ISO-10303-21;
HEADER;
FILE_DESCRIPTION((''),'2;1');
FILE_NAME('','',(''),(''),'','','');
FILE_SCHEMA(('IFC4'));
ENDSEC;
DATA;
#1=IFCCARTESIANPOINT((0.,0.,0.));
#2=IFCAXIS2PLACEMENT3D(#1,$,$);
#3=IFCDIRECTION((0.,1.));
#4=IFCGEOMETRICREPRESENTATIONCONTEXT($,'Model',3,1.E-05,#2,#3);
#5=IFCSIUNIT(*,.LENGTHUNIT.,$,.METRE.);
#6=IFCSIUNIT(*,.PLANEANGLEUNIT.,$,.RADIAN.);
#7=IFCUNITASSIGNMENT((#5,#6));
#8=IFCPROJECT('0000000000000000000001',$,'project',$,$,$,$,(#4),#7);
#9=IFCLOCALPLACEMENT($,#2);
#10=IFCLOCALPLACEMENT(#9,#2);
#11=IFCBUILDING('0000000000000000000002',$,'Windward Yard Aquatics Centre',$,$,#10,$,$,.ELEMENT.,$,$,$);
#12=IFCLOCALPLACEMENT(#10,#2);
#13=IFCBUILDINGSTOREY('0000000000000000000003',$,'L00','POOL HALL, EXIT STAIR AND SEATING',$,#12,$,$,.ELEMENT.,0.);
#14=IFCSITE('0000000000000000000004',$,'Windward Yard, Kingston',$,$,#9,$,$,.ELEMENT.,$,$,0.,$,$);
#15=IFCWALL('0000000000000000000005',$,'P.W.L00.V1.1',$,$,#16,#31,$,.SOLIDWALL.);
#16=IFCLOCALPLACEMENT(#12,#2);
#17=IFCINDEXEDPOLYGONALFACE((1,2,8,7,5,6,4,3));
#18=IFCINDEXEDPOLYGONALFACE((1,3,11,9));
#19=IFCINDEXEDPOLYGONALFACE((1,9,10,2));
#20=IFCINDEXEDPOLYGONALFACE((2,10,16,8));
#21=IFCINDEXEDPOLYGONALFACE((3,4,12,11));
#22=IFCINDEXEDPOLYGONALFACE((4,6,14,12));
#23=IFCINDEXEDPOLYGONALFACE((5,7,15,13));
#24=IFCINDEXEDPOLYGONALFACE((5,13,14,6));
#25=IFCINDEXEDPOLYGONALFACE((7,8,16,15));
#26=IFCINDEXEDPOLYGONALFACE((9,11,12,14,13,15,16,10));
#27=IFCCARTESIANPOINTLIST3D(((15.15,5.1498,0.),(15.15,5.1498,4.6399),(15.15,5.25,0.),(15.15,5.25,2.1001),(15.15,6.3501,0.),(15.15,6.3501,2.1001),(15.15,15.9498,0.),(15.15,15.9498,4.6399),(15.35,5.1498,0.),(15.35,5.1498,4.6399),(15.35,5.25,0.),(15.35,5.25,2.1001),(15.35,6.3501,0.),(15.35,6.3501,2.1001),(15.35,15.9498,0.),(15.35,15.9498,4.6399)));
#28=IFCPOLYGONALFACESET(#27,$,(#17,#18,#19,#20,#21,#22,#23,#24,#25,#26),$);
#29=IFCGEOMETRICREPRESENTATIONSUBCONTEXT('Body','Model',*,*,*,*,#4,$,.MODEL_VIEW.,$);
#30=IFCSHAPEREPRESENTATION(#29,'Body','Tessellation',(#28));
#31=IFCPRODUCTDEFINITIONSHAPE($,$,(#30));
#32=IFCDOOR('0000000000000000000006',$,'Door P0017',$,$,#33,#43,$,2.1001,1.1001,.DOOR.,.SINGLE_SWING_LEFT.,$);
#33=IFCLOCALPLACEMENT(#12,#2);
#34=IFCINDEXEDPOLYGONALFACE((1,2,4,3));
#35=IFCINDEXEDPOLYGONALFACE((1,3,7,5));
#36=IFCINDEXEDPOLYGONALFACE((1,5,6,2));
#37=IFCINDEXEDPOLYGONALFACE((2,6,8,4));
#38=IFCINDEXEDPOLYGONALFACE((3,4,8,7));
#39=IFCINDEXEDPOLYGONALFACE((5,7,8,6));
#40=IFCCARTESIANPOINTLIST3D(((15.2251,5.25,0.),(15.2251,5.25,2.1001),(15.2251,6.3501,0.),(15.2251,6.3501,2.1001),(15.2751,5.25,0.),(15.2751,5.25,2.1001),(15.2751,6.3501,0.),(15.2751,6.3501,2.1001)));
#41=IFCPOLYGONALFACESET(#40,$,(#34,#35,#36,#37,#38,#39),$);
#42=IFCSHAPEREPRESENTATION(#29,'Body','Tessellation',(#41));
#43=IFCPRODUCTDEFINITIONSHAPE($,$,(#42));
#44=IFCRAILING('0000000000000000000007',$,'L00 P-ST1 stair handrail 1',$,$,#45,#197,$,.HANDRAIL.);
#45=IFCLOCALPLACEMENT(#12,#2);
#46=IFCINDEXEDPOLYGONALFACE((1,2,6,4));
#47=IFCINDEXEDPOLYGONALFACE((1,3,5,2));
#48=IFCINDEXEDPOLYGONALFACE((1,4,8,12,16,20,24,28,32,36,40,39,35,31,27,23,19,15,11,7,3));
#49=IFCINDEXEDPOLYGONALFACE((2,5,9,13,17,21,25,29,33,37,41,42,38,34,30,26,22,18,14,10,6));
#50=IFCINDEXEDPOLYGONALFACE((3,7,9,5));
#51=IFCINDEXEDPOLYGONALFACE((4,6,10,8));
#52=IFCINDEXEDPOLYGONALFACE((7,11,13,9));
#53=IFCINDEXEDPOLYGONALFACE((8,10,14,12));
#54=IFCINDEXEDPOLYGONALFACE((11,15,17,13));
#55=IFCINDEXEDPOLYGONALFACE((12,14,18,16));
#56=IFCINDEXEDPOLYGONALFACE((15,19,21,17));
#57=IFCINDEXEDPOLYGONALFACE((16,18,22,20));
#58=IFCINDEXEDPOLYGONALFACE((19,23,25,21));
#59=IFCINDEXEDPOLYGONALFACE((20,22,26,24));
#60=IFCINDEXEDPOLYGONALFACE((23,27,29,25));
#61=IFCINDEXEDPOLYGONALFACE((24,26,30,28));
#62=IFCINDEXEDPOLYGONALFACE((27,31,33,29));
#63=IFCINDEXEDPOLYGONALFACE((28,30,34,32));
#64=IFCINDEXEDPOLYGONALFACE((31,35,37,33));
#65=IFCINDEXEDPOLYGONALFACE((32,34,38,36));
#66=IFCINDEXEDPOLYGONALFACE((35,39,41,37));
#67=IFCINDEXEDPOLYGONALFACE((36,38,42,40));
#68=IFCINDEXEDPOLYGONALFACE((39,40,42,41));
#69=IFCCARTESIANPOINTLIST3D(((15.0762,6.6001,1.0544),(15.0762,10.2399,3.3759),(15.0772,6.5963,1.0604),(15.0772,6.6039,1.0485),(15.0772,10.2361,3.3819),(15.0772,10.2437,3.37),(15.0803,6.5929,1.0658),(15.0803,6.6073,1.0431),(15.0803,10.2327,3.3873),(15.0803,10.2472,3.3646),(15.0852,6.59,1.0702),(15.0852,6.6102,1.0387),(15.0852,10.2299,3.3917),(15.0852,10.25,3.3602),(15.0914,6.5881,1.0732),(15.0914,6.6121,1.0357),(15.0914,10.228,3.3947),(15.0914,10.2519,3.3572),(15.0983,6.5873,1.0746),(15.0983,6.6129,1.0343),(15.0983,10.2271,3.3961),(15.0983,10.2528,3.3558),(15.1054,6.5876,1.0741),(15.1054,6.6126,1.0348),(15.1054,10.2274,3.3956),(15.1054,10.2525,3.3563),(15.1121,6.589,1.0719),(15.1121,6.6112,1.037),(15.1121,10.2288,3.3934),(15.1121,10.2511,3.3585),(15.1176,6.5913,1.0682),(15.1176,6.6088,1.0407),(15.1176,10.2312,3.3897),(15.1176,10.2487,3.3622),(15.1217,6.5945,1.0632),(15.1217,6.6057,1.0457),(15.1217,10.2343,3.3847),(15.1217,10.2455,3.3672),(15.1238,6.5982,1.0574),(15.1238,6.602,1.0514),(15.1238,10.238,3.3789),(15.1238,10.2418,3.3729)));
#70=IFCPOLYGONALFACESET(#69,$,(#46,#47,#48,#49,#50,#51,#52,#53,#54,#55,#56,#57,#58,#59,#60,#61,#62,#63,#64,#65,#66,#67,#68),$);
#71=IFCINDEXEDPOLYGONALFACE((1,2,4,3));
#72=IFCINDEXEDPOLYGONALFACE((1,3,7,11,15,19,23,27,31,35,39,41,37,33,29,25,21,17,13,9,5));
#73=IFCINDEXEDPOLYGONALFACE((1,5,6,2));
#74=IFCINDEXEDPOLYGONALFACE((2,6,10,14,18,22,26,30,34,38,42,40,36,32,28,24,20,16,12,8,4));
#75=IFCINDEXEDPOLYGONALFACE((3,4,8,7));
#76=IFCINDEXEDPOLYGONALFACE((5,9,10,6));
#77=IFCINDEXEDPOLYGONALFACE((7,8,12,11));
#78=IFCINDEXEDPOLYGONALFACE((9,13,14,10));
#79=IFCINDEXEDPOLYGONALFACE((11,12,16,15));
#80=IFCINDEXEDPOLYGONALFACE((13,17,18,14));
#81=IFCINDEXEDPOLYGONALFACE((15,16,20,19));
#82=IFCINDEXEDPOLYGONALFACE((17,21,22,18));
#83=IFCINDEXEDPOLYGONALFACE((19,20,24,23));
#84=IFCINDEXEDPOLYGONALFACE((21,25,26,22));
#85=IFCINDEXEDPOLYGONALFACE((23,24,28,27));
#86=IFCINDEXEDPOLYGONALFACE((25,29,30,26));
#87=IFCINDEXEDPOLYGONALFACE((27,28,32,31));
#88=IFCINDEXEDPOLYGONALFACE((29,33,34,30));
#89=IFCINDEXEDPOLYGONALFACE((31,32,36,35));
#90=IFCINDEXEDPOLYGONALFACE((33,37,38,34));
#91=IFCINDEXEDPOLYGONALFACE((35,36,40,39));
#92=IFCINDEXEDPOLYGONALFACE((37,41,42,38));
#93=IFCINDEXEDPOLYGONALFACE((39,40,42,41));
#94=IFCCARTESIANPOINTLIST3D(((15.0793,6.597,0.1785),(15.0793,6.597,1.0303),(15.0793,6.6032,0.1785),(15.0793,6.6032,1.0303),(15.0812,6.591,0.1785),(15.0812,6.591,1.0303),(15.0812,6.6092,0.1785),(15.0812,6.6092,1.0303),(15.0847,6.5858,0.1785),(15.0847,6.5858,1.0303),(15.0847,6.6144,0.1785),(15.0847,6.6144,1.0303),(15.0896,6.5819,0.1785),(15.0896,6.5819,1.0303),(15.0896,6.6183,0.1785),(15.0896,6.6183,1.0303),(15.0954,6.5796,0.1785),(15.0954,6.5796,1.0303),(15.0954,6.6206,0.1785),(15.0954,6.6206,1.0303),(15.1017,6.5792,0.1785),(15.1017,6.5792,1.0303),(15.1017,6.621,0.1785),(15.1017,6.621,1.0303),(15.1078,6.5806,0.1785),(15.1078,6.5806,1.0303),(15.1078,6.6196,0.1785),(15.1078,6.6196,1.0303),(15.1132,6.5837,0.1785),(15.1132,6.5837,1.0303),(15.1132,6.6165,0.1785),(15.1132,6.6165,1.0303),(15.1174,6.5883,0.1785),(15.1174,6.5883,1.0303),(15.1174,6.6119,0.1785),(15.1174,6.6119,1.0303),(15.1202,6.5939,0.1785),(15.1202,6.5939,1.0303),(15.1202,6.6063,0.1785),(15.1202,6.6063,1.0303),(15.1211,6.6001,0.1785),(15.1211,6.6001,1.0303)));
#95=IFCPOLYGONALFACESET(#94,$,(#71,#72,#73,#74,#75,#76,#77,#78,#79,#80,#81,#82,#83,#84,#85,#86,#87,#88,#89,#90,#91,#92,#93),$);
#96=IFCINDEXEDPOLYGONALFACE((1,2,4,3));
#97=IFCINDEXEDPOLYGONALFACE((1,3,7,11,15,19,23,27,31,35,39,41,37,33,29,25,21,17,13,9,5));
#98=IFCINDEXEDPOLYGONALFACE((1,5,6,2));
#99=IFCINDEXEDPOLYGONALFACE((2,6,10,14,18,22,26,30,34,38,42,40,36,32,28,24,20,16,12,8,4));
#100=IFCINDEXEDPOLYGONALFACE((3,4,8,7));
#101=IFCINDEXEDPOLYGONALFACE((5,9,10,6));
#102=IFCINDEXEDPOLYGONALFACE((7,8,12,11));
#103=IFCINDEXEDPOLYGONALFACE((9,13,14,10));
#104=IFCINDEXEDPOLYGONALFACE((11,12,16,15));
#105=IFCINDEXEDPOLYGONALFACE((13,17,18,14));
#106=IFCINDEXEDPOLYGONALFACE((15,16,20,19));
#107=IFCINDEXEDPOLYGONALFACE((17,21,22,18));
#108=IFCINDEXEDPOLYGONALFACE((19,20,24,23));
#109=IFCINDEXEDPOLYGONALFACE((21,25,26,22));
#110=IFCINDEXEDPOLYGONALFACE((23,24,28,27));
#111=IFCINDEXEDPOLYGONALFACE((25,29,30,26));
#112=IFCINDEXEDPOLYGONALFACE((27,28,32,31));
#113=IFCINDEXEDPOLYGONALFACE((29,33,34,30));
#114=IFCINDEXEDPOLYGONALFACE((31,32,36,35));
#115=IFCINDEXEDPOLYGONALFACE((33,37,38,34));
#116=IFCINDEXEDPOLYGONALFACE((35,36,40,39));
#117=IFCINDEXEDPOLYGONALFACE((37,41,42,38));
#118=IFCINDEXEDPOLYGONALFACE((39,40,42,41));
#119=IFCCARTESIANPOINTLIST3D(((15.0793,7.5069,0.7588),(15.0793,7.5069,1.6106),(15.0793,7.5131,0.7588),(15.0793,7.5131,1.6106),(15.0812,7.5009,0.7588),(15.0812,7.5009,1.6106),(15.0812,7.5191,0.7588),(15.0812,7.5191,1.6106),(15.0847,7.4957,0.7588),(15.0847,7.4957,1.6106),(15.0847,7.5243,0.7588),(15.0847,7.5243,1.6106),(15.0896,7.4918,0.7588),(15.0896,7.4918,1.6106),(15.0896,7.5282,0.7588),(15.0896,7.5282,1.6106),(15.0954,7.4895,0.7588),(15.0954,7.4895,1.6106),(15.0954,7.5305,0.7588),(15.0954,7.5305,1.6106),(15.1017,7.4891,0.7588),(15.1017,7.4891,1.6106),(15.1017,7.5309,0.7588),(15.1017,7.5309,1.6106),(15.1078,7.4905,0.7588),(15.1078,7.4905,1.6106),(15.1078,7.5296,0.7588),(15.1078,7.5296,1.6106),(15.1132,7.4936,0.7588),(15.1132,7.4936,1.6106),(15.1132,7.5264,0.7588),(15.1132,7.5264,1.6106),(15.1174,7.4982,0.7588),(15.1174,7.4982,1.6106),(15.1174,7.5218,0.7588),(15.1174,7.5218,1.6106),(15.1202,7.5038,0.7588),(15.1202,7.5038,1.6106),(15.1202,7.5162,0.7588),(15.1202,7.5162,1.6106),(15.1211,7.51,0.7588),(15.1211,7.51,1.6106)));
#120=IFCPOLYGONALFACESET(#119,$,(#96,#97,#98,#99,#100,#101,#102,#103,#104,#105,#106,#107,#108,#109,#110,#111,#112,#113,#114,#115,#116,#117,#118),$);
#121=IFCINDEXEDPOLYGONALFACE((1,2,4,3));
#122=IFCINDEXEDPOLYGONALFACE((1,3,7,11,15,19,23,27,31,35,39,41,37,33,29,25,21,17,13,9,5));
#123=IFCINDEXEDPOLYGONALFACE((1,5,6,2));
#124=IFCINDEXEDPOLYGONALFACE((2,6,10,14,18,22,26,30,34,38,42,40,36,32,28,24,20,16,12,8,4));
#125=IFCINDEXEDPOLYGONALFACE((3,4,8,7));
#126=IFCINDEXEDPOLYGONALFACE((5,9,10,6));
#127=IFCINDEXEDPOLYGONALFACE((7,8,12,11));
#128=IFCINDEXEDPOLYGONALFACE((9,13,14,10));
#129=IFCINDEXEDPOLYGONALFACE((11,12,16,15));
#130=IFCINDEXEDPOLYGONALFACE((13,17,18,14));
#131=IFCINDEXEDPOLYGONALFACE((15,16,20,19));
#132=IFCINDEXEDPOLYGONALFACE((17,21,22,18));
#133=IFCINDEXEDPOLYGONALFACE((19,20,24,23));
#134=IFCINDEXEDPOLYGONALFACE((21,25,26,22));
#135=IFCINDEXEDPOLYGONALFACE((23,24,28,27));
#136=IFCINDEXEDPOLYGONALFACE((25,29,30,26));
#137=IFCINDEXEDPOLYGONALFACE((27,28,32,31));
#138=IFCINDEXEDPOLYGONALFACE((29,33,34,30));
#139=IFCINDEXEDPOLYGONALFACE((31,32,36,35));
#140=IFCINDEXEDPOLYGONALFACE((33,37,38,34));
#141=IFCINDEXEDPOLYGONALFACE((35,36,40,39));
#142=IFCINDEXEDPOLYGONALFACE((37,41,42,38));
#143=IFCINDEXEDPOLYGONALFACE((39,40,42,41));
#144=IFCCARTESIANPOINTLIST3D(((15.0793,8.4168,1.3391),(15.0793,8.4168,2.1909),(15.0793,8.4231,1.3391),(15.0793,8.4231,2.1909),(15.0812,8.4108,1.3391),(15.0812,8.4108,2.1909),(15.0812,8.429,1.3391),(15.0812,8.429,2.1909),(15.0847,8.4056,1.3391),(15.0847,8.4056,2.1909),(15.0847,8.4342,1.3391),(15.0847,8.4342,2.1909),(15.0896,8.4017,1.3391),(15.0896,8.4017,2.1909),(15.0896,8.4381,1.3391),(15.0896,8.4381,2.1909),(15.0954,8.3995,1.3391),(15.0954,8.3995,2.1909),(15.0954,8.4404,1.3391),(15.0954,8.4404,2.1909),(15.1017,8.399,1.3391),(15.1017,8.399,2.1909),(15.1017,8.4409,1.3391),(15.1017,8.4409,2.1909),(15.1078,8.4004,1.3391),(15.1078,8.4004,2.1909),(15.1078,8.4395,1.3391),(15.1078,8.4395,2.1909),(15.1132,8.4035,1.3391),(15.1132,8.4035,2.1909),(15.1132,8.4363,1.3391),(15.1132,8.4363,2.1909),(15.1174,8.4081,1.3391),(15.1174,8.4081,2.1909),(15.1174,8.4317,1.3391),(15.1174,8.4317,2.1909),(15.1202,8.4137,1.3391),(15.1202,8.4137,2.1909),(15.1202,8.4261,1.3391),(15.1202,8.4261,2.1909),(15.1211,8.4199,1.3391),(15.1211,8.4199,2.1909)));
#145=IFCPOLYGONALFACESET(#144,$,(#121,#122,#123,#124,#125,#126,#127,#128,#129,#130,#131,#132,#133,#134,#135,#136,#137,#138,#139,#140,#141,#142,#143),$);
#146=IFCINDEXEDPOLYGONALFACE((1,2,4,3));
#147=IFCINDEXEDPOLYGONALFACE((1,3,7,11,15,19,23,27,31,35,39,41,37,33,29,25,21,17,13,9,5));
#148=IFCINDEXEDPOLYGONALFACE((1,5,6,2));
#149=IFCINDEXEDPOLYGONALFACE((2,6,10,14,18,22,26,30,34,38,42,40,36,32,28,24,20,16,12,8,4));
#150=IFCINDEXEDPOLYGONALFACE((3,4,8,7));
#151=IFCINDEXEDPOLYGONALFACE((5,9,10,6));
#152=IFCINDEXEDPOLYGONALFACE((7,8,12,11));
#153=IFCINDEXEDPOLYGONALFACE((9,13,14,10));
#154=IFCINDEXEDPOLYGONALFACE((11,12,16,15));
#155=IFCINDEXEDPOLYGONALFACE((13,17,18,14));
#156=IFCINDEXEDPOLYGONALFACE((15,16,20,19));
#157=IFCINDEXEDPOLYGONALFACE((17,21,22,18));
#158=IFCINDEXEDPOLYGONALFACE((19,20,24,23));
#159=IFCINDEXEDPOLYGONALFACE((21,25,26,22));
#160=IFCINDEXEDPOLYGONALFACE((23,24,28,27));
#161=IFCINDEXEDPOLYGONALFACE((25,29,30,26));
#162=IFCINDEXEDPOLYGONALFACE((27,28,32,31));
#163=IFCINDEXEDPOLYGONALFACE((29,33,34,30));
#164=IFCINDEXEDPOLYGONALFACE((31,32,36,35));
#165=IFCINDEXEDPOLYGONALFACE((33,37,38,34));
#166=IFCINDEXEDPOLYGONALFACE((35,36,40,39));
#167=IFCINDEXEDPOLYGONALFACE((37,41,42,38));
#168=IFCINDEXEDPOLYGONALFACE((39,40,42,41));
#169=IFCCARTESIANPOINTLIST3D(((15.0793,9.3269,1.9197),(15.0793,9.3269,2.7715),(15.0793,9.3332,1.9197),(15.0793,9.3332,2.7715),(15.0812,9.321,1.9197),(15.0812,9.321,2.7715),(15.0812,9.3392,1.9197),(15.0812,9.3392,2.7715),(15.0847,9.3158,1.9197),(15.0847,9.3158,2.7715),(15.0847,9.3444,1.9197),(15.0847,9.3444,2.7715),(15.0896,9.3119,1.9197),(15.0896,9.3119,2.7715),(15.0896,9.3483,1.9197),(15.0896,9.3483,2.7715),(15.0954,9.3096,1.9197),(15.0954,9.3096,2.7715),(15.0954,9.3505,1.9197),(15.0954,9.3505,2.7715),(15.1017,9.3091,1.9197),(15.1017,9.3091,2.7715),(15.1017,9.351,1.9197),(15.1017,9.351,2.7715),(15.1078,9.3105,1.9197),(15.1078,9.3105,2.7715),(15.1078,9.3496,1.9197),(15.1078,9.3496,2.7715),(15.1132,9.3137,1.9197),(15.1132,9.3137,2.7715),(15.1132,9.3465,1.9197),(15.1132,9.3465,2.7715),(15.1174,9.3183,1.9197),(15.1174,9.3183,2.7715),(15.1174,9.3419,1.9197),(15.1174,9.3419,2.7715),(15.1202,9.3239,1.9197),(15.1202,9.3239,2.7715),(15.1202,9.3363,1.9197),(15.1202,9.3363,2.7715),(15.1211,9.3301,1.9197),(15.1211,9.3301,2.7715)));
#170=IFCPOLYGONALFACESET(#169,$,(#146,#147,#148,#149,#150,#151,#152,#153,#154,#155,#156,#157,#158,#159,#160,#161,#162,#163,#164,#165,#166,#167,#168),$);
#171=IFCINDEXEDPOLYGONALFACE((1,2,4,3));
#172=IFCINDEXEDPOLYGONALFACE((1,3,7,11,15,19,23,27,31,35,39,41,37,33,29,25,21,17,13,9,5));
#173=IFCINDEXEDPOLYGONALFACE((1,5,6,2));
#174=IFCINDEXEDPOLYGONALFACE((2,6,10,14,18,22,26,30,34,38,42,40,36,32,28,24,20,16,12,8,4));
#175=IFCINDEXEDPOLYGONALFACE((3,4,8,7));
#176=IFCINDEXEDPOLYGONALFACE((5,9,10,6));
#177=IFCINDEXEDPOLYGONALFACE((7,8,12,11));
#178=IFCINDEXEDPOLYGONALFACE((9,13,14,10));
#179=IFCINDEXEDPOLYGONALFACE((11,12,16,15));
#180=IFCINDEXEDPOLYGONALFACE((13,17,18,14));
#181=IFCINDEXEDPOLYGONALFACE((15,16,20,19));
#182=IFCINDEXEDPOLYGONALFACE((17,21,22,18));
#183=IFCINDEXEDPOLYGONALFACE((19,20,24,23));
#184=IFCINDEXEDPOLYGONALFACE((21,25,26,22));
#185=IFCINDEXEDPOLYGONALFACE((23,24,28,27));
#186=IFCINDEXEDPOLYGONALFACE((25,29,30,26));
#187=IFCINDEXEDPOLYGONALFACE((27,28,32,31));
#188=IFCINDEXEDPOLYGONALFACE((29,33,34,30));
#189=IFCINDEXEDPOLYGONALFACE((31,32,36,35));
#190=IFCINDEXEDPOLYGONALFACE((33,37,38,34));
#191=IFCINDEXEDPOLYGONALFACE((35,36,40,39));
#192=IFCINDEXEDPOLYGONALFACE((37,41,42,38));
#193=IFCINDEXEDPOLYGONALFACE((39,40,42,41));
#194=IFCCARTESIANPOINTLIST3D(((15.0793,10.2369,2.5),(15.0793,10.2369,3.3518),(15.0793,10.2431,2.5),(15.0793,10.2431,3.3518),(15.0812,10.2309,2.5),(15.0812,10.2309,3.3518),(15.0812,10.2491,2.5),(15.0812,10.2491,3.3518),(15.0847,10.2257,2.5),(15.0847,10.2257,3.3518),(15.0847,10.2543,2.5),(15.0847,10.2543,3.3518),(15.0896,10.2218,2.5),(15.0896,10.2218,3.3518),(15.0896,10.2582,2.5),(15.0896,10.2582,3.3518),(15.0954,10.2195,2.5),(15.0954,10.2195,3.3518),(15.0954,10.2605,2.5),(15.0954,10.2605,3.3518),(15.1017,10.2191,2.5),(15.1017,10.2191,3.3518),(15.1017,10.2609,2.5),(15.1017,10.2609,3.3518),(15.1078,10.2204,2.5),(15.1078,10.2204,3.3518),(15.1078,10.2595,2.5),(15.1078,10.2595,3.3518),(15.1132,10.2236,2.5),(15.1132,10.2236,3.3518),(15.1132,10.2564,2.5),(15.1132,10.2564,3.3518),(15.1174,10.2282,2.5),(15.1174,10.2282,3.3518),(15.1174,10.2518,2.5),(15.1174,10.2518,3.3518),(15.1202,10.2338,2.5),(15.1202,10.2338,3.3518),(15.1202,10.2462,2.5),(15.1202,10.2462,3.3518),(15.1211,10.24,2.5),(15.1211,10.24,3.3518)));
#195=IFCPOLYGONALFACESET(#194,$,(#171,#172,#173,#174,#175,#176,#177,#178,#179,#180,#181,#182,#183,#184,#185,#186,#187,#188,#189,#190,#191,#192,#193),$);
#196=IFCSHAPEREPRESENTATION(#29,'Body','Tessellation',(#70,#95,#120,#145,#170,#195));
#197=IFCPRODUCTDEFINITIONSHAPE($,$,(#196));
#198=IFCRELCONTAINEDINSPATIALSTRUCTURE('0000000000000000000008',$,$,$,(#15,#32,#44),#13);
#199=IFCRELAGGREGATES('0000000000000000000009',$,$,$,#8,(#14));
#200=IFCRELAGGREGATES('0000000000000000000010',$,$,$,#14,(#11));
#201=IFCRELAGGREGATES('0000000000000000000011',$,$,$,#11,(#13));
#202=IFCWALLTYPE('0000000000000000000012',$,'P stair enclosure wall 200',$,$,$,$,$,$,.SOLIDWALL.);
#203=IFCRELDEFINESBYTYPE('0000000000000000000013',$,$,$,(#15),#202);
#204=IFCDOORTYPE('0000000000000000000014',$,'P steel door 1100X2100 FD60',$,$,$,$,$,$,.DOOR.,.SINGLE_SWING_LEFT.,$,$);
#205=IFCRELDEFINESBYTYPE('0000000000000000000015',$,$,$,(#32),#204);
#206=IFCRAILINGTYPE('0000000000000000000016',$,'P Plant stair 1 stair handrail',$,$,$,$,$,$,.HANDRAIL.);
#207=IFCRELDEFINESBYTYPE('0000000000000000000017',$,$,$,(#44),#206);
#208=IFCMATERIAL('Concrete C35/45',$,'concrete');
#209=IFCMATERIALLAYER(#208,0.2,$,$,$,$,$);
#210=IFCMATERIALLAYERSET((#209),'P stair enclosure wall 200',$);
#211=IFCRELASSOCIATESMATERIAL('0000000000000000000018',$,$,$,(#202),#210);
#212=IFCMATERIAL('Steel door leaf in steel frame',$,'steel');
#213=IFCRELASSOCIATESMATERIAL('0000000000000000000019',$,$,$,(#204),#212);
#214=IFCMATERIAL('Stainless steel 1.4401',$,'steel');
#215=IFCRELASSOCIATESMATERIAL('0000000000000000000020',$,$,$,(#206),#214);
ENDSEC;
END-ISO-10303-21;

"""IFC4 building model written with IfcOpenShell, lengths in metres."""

from ifc_helpers import new_model, si_unit, direction, frame, frame_2d, origin, origin_2d, place, context, subcontext, project, spatial, rectangle, circle, extrude, material, layer, layer_set, type_object, element, fill, save


model = new_model("IFC4")

# Units and contexts
model_context = context("Model", 3, precision=1e-05, world=origin(), true_north=direction((0.0, 1.0)))
body_context = subcontext(model_context, "Body", "Model", "MODEL_VIEW")
ifc_project = project(units=[si_unit("LENGTHUNIT", "METRE"), si_unit("PLANEANGLEUNIT", "RADIAN")], contexts=[model_context])

# Site, building, storey
site_placement = place(None, origin())
site = spatial("IfcSite", under=ifc_project, at=site_placement, Name="Windward Yard, Kingston", CompositionType="ELEMENT", RefElevation=0.0)
building_placement = place(site_placement, origin())
building = spatial("IfcBuilding", under=site, at=building_placement, Name="Windward Yard Aquatics Centre", CompositionType="ELEMENT")
storey_placement = place(building_placement, origin())
storey = spatial("IfcBuildingStorey", under=building, at=storey_placement, Name="L00", Description="POOL HALL, EXIT STAIR AND SEATING", CompositionType="ELEMENT", Elevation=0.0)

# Shared definitions
ifc_material_1 = material(Name="Concrete C35/45", Category="concrete")

# Wall, opening, door
ifc_layer_1 = layer(ifc_material_1, 0.2)
ifc_layer_set_1 = layer_set([ifc_layer_1], Name="P stair enclosure wall 200")
wall_type_1 = type_object("IfcWallType", Name="P stair enclosure wall 200", PredefinedType="SOLIDWALL", material=ifc_layer_set_1)
wall_1_placement = place(storey_placement, frame((15.25, 5.1499, 0.0), z_axis=(0.0, 0.0, 1.0), x_axis=(0.0, 1.0, 0.0)))
wall_1 = element("IfcWall", 1, at=wall_1_placement, inside=storey, type_object=wall_type_1, Name="P.W.L00.V1.1", PredefinedType="SOLIDWALL", context=body_context, shape_type="SweptSolid", body=[
    extrude(rectangle(XDim=10.8, YDim=0.2, at=frame_2d((5.3999, 0.0))), origin(), (0.0, 0.0, 1.0), 4.6399),
])
opening_1_placement = place(wall_1_placement, frame((0.1001, 0.0, 0.0)))
opening_1 = element("IfcOpeningElement", 2, at=opening_1_placement, cuts=wall_1, PredefinedType="OPENING", context=body_context, shape_type="SweptSolid", body=[
    extrude(rectangle(XDim=1.1001, YDim=2.1001, at=frame_2d((0.55, 1.05))), frame((0.0, 0.1099, 0.0), z_axis=(0.0, -1.0, 0.0), x_axis=(1.0, 0.0, 0.0)), (0.0, 0.0, 1.0), 0.22),
])
ifc_material_2 = material(Name="Steel door leaf in steel frame", Category="steel")
door_type = type_object("IfcDoorType", Name="P steel door 1100X2100 FD60", OperationType="SINGLE_SWING_LEFT", PredefinedType="DOOR", material=ifc_material_2)
door_placement = place(opening_1_placement, origin())
door = element("IfcDoor", 3, at=door_placement, inside=storey, type_object=door_type, Name="Door P0017", OperationType="SINGLE_SWING_LEFT", OverallHeight=2.1001, OverallWidth=1.1001, PredefinedType="DOOR", context=body_context, shape_type="SweptSolid", body=[
    extrude(rectangle(XDim=1.1001, YDim=2.1001, at=frame_2d((0.55, 1.05))), frame((0.0, 0.0249, 0.0), z_axis=(0.0, -1.0, 0.0), x_axis=(1.0, 0.0, 0.0)), (0.0, 0.0, 1.0), 0.05),
])
fill(opening_1, door)

# Railing
ifc_material_3 = material(Name="Stainless steel 1.4401", Category="steel")
railing_type = type_object("IfcRailingType", Name="P Plant stair 1 stair handrail", PredefinedType="HANDRAIL", material=ifc_material_3)
railing_placement = place(storey_placement, frame((15.1001, 6.6001, 0.1785)))
element("IfcRailing", 4, at=railing_placement, inside=storey, type_object=railing_type, Name="L00 P-ST1 stair handrail 1", PredefinedType="HANDRAIL", context=body_context, shape_type="SweptSolid", body=[
    extrude(circle(Radius=0.0239, at=origin_2d()), frame((0.0, 0.0, 0.876), z_axis=(0.0, 0.843112, 0.537739), x_axis=(-1.0, 0.0, 0.0)), (0.0, 0.0, 1.0), 4.3171),
    extrude(circle(Radius=0.021, at=origin_2d()), origin(), (0.0, 0.0, 1.0), 0.8518),
    extrude(circle(Radius=0.021, at=origin_2d()), frame((0.0, 0.9099, 0.5803)), (0.0, 0.0, 1.0), 0.8518),
    extrude(circle(Radius=0.021, at=origin_2d()), frame((0.0, 1.8198, 1.1606)), (0.0, 0.0, 1.0), 0.8518),
    extrude(circle(Radius=0.021, at=origin_2d()), frame((0.0, 2.73, 1.7412)), (0.0, 0.0, 1.0), 0.8518),
    extrude(circle(Radius=0.021, at=origin_2d()), frame((0.0, 3.6399, 2.3215)), (0.0, 0.0, 1.0), 0.8518),
])

save(model, "model.ifc")
